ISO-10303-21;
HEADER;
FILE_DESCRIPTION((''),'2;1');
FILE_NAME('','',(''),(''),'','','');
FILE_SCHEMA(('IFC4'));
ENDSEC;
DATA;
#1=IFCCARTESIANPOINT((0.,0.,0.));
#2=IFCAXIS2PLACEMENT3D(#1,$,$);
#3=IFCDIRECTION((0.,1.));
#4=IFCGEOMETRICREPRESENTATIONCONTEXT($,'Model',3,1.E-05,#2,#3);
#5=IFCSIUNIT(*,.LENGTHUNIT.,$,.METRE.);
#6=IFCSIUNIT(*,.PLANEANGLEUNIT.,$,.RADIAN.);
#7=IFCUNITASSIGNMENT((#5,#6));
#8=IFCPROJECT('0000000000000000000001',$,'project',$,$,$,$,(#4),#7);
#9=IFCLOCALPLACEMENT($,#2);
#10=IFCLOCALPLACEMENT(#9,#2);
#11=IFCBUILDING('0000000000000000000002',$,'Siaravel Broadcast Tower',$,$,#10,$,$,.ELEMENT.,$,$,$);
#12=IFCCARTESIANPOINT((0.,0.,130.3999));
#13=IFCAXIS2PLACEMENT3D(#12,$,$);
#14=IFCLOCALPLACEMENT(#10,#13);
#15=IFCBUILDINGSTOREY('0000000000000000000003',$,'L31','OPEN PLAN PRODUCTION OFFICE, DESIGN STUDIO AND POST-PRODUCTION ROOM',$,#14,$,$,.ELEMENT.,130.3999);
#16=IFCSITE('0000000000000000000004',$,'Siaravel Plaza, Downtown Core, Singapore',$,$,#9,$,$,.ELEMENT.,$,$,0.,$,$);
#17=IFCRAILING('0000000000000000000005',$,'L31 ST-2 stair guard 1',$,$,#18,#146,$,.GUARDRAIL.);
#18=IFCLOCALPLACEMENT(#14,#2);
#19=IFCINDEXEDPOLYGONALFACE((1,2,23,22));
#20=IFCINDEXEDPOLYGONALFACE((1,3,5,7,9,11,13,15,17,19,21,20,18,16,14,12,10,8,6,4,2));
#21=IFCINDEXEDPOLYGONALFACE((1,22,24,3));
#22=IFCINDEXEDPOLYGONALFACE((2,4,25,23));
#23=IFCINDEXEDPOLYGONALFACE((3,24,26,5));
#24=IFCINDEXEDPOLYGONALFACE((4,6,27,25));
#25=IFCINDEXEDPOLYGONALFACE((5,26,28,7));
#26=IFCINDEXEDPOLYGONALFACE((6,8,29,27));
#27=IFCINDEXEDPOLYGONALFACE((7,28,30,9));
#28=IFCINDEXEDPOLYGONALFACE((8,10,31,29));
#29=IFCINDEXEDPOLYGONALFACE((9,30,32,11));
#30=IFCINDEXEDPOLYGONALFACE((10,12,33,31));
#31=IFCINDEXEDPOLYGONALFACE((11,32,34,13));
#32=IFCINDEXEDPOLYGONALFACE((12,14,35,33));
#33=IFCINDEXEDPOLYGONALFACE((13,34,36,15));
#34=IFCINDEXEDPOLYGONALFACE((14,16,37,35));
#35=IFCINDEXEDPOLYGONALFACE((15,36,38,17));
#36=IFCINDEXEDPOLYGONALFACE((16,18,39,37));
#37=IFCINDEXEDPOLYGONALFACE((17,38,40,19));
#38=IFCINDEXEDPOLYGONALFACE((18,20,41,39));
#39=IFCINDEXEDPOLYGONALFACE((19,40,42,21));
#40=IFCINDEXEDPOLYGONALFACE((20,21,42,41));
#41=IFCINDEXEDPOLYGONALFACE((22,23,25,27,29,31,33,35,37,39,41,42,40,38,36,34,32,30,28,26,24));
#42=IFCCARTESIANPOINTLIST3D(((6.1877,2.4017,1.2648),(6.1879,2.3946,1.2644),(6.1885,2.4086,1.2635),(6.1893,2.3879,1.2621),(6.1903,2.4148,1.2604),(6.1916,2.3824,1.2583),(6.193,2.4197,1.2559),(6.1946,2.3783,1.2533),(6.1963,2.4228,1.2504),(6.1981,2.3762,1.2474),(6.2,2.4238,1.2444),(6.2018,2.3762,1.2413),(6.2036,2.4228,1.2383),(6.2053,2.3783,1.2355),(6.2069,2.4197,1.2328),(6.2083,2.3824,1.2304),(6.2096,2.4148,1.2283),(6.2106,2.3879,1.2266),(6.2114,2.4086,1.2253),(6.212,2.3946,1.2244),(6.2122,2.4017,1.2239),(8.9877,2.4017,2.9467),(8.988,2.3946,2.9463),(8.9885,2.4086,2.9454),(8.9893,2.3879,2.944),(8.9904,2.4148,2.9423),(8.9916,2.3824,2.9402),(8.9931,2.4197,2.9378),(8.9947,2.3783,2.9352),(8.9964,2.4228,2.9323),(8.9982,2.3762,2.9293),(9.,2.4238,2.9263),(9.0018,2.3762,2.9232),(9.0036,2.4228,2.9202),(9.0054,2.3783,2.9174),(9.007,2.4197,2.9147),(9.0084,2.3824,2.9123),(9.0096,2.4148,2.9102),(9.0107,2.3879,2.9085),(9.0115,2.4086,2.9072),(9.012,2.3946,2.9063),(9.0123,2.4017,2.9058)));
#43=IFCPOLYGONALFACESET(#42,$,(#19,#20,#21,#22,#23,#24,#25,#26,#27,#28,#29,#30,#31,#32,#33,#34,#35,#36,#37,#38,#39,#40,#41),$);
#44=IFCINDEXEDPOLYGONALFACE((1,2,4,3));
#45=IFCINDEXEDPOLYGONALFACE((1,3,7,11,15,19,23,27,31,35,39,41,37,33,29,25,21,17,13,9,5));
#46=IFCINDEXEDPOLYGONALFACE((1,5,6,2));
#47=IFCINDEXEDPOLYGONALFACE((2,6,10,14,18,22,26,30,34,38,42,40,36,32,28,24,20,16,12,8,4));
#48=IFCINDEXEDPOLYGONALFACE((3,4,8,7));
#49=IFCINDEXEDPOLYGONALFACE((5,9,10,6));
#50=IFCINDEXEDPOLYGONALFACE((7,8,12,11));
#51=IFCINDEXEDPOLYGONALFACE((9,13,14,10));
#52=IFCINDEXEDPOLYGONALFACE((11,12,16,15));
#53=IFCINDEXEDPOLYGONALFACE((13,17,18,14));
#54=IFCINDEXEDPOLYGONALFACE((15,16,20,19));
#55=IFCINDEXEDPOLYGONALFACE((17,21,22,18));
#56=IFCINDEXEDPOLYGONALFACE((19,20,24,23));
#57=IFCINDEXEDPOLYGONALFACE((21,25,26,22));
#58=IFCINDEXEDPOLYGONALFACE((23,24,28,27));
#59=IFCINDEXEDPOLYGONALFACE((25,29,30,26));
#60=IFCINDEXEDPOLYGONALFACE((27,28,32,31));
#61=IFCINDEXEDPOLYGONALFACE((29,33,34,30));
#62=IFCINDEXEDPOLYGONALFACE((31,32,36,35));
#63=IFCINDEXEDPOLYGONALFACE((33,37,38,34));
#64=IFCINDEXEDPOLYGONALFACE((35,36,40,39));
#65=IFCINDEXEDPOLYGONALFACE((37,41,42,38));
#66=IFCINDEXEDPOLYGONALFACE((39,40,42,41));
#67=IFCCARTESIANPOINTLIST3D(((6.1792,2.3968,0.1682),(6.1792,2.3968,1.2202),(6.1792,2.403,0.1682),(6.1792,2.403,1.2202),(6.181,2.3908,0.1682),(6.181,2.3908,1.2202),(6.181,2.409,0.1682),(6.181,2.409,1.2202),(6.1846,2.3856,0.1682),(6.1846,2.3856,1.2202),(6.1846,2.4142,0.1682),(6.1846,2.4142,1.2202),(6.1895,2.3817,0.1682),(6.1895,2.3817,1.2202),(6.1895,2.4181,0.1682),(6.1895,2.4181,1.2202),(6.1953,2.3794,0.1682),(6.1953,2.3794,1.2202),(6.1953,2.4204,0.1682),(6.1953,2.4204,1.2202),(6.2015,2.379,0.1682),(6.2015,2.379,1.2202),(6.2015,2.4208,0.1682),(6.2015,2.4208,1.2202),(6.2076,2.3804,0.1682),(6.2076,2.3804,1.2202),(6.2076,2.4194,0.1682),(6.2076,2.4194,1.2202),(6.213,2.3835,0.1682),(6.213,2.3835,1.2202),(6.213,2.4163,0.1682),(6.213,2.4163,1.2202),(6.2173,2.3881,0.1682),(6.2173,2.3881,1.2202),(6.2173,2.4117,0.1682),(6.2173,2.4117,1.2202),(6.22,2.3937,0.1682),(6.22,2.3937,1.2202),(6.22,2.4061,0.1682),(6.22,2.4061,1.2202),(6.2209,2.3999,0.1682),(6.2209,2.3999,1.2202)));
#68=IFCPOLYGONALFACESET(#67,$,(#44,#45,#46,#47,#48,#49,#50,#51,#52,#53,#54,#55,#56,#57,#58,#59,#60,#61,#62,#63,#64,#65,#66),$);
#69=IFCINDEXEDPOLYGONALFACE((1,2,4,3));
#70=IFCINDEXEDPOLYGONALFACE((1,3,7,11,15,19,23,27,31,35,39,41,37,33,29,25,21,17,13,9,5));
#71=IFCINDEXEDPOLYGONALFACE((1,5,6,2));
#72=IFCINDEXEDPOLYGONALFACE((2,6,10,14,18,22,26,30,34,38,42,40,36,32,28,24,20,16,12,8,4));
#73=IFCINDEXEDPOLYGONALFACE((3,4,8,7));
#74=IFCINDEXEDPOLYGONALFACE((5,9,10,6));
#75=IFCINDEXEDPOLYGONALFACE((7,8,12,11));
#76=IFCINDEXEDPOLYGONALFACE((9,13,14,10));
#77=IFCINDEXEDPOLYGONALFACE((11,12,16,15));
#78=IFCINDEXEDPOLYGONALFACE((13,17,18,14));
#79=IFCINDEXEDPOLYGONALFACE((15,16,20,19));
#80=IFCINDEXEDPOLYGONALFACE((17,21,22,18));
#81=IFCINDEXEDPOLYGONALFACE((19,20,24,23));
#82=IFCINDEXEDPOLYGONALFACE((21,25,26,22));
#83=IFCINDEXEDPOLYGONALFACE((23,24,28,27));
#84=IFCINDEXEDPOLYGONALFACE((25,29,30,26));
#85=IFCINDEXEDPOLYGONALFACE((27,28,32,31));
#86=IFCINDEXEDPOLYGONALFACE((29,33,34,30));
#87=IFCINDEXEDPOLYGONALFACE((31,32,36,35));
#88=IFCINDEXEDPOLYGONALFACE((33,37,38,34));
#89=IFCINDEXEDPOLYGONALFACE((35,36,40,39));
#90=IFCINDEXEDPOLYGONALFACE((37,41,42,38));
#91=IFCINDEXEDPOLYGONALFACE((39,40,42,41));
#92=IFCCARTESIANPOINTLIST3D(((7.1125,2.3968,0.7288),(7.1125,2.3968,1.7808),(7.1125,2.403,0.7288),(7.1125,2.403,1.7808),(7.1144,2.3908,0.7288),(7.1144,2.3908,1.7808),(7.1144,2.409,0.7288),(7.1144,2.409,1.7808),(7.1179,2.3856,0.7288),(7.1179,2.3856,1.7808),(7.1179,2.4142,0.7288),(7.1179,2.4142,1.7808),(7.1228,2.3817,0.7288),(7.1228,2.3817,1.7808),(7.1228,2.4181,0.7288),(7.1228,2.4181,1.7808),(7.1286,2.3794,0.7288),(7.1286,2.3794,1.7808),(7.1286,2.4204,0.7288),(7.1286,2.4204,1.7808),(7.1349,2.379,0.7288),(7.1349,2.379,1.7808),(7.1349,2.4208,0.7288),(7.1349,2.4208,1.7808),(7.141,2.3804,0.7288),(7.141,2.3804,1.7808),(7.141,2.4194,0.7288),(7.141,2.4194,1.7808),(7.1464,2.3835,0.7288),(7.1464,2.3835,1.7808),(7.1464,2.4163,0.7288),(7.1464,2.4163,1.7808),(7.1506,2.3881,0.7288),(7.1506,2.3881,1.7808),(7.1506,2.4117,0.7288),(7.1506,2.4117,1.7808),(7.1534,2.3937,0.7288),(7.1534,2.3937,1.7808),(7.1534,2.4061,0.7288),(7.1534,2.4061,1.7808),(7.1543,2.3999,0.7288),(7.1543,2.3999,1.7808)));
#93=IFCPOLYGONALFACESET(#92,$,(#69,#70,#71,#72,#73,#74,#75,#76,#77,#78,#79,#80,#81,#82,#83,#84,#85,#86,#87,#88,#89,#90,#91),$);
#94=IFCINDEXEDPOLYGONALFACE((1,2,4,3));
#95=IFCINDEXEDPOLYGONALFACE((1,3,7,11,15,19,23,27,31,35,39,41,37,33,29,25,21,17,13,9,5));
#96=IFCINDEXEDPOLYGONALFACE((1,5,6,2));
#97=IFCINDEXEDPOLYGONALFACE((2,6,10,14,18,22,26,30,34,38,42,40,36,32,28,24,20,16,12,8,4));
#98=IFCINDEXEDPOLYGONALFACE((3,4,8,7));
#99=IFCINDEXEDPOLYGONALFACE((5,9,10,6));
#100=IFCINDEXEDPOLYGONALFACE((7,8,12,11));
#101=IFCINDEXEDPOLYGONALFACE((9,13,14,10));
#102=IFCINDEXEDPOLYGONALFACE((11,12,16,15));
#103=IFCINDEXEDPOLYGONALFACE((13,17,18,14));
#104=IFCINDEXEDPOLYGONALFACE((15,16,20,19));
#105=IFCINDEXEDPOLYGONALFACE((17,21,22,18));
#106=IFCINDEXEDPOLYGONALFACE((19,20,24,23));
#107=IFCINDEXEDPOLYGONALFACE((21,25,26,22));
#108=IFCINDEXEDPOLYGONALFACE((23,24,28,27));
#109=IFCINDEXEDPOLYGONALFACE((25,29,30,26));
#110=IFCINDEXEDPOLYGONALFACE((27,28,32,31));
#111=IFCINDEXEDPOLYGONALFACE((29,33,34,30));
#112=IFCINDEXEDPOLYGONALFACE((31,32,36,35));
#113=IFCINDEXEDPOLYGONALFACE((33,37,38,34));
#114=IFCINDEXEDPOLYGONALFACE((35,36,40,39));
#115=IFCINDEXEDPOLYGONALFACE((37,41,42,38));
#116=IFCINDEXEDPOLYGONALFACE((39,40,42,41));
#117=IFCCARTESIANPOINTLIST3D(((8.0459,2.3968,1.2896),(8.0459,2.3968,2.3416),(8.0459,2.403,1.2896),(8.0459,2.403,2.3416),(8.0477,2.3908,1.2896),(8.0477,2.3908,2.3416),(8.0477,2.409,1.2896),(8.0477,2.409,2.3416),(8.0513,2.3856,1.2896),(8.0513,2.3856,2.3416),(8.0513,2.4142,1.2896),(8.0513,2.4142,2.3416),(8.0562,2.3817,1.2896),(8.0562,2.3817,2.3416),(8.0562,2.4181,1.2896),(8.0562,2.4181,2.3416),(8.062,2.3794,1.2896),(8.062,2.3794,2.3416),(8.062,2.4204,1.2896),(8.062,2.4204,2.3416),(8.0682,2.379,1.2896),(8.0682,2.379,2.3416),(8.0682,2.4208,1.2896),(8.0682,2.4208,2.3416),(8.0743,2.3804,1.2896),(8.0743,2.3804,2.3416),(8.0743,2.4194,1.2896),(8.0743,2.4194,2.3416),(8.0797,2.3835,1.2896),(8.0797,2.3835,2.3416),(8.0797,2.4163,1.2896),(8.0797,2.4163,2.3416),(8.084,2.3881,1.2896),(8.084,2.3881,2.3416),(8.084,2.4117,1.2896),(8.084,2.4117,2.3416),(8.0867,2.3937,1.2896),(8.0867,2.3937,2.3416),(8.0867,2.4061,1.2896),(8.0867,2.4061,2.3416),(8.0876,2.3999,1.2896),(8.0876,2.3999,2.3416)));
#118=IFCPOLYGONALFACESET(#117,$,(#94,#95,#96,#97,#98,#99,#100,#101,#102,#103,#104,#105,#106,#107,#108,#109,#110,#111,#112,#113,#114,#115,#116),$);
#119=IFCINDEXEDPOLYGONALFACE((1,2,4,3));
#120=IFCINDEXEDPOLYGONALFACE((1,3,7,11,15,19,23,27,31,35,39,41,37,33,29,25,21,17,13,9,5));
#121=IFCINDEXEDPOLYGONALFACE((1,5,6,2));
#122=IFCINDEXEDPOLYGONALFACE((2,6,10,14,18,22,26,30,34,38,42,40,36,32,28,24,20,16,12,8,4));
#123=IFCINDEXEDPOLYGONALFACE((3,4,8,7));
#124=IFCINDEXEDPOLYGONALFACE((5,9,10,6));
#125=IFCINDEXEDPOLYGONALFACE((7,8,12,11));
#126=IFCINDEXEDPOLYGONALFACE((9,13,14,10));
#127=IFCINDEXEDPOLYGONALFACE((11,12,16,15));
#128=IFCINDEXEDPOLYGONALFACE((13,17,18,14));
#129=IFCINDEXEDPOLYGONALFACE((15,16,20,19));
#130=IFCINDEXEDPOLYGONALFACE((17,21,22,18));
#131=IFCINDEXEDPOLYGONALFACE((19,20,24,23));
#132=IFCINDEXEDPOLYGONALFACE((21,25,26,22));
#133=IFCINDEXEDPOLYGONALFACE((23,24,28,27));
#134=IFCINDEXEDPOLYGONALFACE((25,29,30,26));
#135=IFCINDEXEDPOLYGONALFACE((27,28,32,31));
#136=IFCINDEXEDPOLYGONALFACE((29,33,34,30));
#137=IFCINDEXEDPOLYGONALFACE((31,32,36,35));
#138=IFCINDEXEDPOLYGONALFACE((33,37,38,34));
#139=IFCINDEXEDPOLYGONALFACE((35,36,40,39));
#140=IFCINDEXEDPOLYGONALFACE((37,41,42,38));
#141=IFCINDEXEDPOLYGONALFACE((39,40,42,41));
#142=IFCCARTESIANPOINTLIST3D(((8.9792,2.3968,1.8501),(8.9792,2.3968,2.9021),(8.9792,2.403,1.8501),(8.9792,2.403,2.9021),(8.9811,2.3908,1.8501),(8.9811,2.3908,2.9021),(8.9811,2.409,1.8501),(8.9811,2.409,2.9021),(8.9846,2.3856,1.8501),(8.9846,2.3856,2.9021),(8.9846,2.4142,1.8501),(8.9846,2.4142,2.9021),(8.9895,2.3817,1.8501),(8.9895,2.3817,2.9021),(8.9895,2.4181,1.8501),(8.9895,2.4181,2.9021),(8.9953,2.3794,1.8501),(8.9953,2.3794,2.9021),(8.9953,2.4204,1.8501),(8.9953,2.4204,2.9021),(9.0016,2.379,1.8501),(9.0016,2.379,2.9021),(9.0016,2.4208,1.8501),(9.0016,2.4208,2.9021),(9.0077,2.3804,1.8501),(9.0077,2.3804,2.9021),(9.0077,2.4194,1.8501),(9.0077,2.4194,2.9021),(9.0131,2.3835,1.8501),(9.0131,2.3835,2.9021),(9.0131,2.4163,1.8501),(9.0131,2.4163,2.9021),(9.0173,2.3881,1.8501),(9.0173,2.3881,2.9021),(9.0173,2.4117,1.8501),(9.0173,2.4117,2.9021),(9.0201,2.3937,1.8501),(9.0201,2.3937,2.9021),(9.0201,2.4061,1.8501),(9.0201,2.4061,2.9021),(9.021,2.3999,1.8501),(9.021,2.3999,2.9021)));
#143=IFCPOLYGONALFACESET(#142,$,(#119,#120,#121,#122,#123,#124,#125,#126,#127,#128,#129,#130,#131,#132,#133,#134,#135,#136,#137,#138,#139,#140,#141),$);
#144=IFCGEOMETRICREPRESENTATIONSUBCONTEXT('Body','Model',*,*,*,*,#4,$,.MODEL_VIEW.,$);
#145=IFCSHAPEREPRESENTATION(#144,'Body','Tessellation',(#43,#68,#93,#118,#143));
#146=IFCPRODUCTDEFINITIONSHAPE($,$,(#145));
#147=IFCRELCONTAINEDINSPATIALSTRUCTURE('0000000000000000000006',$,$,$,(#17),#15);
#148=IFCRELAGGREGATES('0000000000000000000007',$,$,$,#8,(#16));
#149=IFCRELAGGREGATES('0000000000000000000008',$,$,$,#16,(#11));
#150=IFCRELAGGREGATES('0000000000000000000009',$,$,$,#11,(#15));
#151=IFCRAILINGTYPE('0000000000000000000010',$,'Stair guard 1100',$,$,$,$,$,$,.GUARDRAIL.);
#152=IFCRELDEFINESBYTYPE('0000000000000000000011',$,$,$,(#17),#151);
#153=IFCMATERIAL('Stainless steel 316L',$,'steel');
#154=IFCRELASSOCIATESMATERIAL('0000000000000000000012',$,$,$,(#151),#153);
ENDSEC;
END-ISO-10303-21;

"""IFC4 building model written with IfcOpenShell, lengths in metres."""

from ifc_helpers import new_model, si_unit, direction, frame, origin, origin_2d, place, context, subcontext, project, spatial, circle, extrude, material, type_object, element, save


model = new_model("IFC4")

# Units and contexts
model_context = context("Model", 3, precision=1e-05, world=origin(), true_north=direction((0.0, 1.0)))
body_context = subcontext(model_context, "Body", "Model", "MODEL_VIEW")
ifc_project = project(units=[si_unit("LENGTHUNIT", "METRE"), si_unit("PLANEANGLEUNIT", "RADIAN")], contexts=[model_context])

# Site, building, storey
site_placement = place(None, origin())
site = spatial("IfcSite", under=ifc_project, at=site_placement, Name="Siaravel Plaza, Downtown Core, Singapore", CompositionType="ELEMENT", RefElevation=0.0)
building_placement = place(site_placement, origin())
building = spatial("IfcBuilding", under=site, at=building_placement, Name="Siaravel Broadcast Tower", CompositionType="ELEMENT")
storey_placement = place(building_placement, frame((0.0, 0.0, 130.3999)))
storey = spatial("IfcBuildingStorey", under=building, at=storey_placement, Name="L31", Description="OPEN PLAN PRODUCTION OFFICE, DESIGN STUDIO AND POST-PRODUCTION ROOM", CompositionType="ELEMENT", Elevation=130.3999)

# Railing
ifc_material_1 = material(Name="Stainless steel 316L", Category="steel")
railing_type_1 = type_object("IfcRailingType", Name="Stair guard 1100", PredefinedType="GUARDRAIL", material=ifc_material_1)
railing_1_placement = place(storey_placement, frame((6.2, 2.3999, 0.1682)))
element("IfcRailing", 1, at=railing_1_placement, inside=storey, type_object=railing_type_1, Name="L31 ST-2 stair guard 1", PredefinedType="GUARDRAIL", context=body_context, shape_type="SweptSolid", body=[
    extrude(circle(Radius=0.0239, at=origin_2d()), frame((0.0, 0.0, 1.0762), z_axis=(0.857242, 0.0, 0.514913), x_axis=(0.0, 1.0, 0.0)), (0.0, 0.0, 1.0), 3.2664),
    extrude(circle(Radius=0.021, at=origin_2d()), origin(), (0.0, 0.0, 1.0), 1.052),
    extrude(circle(Radius=0.021, at=origin_2d()), frame((0.9333, 0.0, 0.5605)), (0.0, 0.0, 1.0), 1.052),
    extrude(circle(Radius=0.021, at=origin_2d()), frame((1.8667, 0.0, 1.1213)), (0.0, 0.0, 1.0), 1.052),
    extrude(circle(Radius=0.021, at=origin_2d()), frame((2.8, 0.0, 1.6819)), (0.0, 0.0, 1.0), 1.052),
])

save(model, "model.ifc")
